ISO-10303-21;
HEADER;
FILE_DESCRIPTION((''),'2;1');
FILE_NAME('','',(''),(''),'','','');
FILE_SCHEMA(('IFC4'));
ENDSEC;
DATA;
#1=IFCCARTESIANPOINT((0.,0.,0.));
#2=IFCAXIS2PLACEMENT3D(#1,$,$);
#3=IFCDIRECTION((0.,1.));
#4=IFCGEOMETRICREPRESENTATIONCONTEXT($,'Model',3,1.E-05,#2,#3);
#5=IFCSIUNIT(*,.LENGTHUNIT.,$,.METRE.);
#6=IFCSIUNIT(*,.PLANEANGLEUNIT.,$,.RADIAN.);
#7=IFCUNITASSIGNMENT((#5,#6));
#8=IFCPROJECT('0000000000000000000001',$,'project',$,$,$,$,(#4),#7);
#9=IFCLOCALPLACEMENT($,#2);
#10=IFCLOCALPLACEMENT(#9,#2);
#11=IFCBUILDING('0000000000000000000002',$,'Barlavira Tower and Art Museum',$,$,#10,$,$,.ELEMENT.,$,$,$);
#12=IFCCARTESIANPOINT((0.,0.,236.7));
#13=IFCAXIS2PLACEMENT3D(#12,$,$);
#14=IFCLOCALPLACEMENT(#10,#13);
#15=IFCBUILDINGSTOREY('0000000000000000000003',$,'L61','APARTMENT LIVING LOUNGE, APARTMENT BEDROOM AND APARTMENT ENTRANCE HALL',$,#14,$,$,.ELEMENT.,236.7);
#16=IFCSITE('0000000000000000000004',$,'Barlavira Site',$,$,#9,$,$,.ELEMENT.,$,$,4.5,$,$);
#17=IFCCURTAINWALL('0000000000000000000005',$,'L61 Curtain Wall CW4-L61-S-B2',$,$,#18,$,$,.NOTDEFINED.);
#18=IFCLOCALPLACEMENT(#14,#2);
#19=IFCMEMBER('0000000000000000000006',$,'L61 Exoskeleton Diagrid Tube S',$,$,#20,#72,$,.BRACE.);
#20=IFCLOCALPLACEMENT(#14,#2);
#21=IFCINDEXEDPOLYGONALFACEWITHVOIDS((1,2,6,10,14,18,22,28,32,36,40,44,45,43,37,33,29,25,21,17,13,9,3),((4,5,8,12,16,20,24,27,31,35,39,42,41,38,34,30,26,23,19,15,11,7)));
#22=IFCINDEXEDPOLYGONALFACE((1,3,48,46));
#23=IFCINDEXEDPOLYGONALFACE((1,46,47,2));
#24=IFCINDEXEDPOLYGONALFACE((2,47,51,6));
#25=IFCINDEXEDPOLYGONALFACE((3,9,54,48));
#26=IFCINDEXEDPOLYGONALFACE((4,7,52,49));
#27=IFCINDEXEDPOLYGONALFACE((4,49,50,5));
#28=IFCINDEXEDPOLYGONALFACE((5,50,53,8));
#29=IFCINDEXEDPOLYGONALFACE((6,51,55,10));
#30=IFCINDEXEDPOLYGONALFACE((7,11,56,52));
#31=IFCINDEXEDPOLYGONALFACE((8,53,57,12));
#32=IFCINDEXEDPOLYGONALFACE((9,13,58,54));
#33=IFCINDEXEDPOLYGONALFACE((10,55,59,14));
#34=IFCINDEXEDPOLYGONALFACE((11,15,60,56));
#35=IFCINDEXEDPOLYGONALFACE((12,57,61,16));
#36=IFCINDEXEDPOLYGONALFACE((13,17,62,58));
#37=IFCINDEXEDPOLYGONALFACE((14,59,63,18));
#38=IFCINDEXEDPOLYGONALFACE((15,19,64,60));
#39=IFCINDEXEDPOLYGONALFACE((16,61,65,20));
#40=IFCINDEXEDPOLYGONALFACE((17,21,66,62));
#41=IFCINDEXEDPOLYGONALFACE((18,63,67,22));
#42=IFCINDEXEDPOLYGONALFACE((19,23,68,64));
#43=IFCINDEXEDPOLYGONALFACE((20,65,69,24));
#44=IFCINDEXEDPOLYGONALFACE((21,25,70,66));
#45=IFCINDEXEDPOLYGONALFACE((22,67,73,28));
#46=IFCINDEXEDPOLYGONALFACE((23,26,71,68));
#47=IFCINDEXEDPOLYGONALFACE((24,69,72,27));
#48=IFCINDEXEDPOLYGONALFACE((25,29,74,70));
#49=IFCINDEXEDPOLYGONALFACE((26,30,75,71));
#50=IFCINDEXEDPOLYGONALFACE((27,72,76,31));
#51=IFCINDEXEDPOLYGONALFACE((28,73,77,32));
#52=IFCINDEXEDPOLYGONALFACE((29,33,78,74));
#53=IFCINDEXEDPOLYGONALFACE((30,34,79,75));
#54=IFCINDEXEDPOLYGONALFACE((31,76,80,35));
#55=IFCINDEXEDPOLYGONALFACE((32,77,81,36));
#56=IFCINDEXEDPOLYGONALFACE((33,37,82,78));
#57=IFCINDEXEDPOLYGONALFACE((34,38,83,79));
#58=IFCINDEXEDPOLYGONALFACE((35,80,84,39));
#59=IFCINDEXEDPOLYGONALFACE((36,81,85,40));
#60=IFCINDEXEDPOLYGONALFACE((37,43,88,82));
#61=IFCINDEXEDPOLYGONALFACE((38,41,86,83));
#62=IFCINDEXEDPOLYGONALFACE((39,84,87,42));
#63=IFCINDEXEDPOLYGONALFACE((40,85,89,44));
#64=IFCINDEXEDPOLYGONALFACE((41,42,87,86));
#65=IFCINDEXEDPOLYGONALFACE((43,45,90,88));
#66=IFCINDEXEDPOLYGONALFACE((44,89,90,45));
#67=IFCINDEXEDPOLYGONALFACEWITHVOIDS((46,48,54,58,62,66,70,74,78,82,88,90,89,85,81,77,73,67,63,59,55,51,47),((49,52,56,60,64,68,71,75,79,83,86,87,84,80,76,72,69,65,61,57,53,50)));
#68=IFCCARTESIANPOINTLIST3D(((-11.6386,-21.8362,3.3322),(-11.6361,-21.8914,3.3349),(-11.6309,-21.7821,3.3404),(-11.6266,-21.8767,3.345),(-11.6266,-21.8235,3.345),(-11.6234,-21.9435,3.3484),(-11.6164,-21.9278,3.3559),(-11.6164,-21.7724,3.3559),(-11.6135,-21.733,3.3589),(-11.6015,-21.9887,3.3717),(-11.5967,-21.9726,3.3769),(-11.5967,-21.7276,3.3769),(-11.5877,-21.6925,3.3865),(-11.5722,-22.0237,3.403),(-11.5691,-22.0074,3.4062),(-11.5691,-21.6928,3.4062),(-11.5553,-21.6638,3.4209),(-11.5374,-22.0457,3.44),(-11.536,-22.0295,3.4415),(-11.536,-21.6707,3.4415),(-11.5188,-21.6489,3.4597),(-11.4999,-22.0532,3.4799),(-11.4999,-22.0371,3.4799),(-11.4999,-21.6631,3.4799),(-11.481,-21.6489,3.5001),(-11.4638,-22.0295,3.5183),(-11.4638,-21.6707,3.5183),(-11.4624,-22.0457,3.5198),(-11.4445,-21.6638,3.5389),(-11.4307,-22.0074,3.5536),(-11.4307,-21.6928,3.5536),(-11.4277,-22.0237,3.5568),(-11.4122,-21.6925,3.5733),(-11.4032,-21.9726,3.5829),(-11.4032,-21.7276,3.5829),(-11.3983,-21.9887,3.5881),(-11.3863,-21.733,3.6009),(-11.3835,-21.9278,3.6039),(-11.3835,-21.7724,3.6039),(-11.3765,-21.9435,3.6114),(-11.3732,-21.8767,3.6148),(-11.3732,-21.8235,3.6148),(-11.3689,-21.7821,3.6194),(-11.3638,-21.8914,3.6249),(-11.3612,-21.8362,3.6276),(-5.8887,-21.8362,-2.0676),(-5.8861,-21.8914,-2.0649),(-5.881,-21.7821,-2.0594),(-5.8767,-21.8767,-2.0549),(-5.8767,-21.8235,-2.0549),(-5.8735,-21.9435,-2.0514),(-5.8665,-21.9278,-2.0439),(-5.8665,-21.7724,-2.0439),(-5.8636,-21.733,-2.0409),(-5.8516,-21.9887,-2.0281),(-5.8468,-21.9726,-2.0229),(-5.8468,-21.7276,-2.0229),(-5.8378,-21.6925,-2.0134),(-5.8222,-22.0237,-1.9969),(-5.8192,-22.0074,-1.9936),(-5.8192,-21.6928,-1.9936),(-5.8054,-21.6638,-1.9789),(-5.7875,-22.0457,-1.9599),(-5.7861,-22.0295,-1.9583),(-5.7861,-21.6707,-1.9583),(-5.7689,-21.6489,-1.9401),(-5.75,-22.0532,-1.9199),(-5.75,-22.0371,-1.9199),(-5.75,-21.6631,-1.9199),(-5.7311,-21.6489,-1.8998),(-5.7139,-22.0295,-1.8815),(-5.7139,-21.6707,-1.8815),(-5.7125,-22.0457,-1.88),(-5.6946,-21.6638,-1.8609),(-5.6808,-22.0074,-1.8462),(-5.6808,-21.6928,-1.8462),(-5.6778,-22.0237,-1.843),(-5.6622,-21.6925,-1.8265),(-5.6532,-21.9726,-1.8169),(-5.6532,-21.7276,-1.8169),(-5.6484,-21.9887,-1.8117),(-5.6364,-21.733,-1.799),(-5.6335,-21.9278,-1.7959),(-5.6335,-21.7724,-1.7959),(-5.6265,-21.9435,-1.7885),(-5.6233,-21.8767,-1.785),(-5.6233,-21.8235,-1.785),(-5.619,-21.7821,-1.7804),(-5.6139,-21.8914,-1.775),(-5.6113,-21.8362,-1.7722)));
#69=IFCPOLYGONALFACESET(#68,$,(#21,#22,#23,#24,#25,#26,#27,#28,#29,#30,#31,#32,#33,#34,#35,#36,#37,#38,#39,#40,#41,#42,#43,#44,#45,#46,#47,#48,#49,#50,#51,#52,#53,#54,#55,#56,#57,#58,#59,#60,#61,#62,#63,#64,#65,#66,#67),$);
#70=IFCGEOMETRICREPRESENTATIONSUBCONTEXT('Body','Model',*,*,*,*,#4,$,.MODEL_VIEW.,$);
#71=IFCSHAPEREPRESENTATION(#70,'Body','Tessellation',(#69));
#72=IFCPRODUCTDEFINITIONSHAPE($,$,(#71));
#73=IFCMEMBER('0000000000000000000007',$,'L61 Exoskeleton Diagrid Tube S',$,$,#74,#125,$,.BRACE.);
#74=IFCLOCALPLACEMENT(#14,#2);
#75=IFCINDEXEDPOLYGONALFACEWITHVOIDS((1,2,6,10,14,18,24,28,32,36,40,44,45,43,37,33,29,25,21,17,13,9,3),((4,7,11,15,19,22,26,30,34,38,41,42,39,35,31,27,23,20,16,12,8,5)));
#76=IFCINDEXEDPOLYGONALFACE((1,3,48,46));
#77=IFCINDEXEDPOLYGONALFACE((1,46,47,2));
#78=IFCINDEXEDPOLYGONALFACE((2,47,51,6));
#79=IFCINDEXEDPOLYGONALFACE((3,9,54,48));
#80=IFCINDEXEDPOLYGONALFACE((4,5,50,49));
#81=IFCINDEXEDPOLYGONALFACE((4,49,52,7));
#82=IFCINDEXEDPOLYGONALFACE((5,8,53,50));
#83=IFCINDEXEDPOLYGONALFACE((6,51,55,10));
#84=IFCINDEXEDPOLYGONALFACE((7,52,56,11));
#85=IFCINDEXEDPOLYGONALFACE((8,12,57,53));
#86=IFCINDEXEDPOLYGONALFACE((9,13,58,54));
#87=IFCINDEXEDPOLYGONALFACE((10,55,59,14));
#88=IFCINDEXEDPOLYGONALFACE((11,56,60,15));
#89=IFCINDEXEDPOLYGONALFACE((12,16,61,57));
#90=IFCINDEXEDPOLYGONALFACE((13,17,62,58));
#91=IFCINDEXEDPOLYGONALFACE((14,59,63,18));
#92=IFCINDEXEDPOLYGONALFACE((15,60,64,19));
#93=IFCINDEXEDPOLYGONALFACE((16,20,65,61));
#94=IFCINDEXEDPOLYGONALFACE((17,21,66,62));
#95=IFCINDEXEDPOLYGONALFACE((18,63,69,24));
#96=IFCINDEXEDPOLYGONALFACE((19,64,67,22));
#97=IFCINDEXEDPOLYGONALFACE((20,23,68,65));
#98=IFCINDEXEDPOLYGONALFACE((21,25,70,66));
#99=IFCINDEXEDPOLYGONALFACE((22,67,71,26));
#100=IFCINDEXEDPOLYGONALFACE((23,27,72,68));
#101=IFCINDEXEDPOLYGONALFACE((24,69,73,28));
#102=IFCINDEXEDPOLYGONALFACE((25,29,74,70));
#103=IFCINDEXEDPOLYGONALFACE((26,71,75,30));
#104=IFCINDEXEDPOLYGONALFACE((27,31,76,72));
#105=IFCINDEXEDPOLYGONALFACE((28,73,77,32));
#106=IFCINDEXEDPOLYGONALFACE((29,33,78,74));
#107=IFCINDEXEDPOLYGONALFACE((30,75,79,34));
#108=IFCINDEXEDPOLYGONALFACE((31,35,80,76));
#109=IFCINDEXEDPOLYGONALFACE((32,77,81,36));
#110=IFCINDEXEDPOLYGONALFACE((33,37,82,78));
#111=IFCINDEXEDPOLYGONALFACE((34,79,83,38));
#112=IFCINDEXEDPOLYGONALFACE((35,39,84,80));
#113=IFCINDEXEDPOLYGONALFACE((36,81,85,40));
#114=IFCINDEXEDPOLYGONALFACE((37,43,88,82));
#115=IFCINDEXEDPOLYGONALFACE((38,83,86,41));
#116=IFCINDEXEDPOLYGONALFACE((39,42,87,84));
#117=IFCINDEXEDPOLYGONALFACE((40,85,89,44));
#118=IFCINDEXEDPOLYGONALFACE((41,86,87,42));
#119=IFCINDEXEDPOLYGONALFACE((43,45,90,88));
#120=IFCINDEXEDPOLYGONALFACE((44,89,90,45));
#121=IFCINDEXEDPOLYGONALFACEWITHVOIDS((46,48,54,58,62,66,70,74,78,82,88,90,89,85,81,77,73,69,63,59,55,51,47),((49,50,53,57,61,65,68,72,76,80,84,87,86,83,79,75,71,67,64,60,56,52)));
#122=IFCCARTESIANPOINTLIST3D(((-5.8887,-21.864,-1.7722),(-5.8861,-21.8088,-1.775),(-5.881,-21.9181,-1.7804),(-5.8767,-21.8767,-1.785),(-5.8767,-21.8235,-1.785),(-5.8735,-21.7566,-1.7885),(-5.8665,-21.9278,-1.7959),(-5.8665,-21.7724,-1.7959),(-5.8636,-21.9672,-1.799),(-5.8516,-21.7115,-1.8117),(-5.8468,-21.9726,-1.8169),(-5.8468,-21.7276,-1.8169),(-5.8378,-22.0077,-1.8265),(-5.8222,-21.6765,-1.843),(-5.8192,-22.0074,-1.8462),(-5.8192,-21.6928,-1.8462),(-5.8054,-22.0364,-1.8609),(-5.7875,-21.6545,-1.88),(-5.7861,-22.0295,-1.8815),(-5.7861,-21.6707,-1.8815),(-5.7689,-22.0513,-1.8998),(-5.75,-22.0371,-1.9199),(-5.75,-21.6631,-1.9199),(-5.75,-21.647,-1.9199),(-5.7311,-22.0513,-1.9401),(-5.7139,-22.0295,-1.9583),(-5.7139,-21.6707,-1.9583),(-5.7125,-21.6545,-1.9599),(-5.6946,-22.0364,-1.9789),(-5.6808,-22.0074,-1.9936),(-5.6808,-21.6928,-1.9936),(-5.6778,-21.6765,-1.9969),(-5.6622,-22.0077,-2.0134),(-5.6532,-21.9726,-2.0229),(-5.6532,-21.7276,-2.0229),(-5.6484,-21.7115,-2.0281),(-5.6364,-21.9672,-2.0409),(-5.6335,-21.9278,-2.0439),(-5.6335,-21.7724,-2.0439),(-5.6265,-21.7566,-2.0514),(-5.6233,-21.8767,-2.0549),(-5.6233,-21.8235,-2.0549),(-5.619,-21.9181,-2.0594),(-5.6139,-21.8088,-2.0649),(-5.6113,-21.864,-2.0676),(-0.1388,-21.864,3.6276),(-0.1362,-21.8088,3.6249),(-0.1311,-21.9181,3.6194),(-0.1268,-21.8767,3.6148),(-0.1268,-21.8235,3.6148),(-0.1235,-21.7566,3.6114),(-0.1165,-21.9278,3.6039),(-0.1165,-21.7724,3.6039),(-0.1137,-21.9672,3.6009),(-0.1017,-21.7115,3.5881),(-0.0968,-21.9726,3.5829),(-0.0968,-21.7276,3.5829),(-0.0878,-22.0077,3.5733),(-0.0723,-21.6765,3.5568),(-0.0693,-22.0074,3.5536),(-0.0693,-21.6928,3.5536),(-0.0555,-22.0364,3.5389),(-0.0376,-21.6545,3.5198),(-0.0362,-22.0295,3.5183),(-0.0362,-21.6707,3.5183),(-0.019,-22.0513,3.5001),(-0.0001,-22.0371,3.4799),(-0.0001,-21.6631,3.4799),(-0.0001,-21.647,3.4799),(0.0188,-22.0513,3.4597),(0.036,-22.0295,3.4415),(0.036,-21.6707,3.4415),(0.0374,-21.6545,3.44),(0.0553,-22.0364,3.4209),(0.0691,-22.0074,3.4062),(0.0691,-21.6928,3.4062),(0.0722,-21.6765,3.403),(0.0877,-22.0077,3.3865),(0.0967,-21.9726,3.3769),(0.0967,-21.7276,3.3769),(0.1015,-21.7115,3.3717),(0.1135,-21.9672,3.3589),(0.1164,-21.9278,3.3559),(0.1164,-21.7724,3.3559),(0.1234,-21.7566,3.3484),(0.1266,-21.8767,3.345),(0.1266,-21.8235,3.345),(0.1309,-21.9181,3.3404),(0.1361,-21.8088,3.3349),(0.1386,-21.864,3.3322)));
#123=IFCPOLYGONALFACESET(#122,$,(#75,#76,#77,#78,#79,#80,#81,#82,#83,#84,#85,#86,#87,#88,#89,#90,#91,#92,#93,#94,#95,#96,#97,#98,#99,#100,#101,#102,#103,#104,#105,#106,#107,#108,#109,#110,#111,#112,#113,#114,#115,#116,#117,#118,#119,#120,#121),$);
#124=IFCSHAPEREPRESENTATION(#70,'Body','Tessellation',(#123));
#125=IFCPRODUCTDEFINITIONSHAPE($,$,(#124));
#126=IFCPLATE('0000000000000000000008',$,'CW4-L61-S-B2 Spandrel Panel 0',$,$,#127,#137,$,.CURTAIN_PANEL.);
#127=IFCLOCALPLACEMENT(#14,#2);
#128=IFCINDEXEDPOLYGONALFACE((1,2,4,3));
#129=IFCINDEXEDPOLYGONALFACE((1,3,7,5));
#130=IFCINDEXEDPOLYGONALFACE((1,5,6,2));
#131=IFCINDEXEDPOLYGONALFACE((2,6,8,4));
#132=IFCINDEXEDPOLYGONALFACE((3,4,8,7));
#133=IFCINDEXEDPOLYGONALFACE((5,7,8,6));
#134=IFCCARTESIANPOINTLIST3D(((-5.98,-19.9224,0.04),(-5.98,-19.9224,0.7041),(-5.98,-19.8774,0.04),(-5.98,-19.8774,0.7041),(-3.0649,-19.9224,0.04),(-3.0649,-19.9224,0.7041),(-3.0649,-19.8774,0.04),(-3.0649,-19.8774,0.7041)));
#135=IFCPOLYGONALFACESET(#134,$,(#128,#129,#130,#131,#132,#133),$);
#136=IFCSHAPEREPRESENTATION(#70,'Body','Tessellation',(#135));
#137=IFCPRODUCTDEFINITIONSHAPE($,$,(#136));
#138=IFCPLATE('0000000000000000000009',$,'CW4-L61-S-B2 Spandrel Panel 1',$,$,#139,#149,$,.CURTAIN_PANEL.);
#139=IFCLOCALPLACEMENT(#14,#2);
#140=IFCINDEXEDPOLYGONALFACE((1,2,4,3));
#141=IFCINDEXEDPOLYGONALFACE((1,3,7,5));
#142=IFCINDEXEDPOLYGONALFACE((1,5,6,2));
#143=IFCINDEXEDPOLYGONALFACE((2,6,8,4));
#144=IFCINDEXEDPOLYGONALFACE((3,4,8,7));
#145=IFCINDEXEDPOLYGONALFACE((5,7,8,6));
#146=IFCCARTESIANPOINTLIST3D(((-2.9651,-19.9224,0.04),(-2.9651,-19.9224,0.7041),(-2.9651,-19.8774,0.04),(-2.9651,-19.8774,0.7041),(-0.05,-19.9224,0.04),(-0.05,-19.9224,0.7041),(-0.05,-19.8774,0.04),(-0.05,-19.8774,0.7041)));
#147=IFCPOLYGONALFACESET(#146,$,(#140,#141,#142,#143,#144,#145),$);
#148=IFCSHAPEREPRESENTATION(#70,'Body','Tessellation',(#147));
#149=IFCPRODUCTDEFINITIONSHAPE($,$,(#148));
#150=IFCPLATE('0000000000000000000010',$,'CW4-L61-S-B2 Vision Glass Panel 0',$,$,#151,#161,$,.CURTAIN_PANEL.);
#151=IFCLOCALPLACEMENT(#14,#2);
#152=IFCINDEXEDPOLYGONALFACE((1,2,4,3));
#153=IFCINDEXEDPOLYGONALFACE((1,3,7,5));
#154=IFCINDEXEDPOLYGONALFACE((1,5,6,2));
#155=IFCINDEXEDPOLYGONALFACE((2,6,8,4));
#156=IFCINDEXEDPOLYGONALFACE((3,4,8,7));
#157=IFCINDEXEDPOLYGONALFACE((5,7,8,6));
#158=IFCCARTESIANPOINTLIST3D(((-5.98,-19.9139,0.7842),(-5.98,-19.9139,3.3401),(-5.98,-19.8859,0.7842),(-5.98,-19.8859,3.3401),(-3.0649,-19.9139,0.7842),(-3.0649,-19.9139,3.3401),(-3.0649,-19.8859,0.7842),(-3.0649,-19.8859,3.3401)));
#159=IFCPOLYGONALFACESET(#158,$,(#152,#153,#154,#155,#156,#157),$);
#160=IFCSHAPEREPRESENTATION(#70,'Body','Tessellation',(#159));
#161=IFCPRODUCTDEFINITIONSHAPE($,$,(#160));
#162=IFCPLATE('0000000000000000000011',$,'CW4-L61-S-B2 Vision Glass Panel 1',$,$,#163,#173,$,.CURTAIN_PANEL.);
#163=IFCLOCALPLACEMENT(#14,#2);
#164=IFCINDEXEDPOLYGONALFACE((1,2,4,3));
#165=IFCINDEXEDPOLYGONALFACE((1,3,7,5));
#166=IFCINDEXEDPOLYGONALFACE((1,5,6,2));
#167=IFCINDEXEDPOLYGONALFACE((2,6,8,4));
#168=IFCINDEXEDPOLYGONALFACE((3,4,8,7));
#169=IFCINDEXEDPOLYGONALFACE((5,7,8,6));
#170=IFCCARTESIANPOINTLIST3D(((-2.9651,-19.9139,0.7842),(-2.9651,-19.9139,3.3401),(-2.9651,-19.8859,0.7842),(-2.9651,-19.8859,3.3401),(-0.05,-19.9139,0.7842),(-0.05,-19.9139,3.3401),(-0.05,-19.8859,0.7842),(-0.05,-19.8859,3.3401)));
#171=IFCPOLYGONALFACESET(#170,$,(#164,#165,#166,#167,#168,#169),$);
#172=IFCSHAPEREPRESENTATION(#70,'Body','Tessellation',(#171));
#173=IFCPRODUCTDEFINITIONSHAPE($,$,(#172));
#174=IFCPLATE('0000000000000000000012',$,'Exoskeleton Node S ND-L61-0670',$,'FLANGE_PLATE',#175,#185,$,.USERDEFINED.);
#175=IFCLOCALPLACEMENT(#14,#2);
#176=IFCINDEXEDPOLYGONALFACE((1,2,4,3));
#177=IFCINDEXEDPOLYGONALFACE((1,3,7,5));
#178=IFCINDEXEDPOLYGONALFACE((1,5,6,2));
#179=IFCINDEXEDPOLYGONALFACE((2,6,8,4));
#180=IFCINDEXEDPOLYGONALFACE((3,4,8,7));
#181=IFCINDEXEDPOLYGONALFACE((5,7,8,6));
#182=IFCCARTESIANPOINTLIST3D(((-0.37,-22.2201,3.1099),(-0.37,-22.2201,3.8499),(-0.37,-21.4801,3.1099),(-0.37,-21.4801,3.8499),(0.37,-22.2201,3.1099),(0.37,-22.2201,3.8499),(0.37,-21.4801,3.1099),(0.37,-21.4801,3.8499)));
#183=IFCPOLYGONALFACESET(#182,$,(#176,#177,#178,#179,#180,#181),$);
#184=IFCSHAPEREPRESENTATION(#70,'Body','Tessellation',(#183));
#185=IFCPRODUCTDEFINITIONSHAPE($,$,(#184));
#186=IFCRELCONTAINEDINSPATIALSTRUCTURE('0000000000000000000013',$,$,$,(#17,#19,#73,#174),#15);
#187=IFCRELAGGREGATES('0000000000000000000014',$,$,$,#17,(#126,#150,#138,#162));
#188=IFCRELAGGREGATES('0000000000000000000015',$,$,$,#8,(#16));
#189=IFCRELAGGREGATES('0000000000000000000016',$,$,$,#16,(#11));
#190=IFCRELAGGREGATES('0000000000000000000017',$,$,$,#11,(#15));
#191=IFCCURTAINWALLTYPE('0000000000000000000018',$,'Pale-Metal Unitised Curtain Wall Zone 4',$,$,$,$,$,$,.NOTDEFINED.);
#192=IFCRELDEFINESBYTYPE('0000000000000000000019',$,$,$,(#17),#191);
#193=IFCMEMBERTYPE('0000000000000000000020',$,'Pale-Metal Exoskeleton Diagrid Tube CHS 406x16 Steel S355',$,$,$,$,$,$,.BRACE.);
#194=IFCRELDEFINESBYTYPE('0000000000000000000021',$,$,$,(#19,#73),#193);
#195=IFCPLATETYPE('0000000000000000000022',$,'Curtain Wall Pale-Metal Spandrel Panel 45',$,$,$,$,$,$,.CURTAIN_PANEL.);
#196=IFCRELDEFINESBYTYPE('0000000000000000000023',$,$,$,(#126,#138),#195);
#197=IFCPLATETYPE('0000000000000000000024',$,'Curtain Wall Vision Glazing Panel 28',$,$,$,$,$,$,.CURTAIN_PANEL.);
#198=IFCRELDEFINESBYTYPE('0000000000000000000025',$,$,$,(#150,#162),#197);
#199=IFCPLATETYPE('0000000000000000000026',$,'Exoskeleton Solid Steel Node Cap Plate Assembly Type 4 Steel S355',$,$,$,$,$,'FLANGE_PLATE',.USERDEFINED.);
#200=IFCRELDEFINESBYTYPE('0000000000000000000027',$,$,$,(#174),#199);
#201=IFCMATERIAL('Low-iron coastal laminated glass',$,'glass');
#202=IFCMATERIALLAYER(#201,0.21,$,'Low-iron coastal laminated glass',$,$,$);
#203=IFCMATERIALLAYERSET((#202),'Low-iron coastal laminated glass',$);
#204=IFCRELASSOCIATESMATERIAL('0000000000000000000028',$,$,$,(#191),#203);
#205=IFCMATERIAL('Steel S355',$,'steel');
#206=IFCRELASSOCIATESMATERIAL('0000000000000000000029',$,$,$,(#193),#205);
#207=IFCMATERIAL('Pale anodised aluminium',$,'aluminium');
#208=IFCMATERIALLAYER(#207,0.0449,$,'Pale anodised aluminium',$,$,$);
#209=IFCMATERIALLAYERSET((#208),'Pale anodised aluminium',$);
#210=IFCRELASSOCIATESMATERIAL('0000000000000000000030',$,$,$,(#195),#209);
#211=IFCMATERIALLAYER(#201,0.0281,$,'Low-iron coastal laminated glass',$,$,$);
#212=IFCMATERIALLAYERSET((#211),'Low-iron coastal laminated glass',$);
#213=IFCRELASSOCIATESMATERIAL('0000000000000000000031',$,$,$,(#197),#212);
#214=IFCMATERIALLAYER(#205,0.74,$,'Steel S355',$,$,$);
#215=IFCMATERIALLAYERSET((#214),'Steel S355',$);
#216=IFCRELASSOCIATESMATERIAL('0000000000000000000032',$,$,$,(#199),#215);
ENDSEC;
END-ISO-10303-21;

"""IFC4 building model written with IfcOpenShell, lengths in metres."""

from ifc_helpers import new_model, si_unit, direction, frame, origin, origin_2d, place, context, subcontext, project, spatial, rectangle, hollow_circle, extrude, material, layer, layer_set, material_profile, profile_set, type_object, element, aggregate, save


model = new_model("IFC4")

# Units and contexts
model_context = context("Model", 3, precision=1e-05, world=origin(), true_north=direction((0.0, 1.0)))
body_context = subcontext(model_context, "Body", "Model", "MODEL_VIEW")
ifc_project = project(units=[si_unit("LENGTHUNIT", "METRE"), si_unit("PLANEANGLEUNIT", "RADIAN")], contexts=[model_context])

# Site, building, storey
site_placement = place(None, origin())
site = spatial("IfcSite", under=ifc_project, at=site_placement, Name="Barlavira Site", CompositionType="ELEMENT", RefElevation=4.5)
building_placement = place(site_placement, origin())
building = spatial("IfcBuilding", under=site, at=building_placement, Name="Barlavira Tower and Art Museum", CompositionType="ELEMENT")
storey_placement = place(building_placement, frame((0.0, 0.0, 236.7)))
storey = spatial("IfcBuildingStorey", under=building, at=storey_placement, Name="L61", Description="APARTMENT LIVING LOUNGE, APARTMENT BEDROOM AND APARTMENT ENTRANCE HALL", CompositionType="ELEMENT", Elevation=236.7)

# Curtain wall
ifc_material_1 = material(Name="Low-iron coastal laminated glass", Category="glass")
ifc_layer_1 = layer(ifc_material_1, 0.21, Name="Low-iron coastal laminated glass")
ifc_layer_set_1 = layer_set([ifc_layer_1], Name="Low-iron coastal laminated glass")
curtain_wall_type = type_object("IfcCurtainWallType", Name="Pale-Metal Unitised Curtain Wall Zone 4", PredefinedType="NOTDEFINED", material=ifc_layer_set_1)
curtain_wall_placement = place(storey_placement, origin())
curtain_wall = element("IfcCurtainWall", 1, at=curtain_wall_placement, inside=storey, type_object=curtain_wall_type, Name="L61 Curtain Wall CW4-L61-S-B2", PredefinedType="NOTDEFINED")
ifc_material_2 = material(Name="Pale anodised aluminium", Category="aluminium")

# Members
ifc_material_3 = material(Name="Steel S355", Category="steel")
ifc_material_profile_1 = material_profile(ifc_material_3, hollow_circle(Radius=0.2031, WallThickness=0.0161, at=origin_2d()), Name="CHS 406.4x16.0")
ifc_profile_set_1 = profile_set([ifc_material_profile_1], Name="Steel S355")
member_type_1 = type_object("IfcMemberType", Name="Pale-Metal Exoskeleton Diagrid Tube CHS 406x16 Steel S355", PredefinedType="BRACE", material=ifc_profile_set_1)
for number, where, z_axis, x_axis, name in (
    (2, (-5.75, -21.8501, -1.9199), (-0.72895, 0.0, 0.684567), (0.0, -1.0, 0.0), "L61 Exoskeleton Diagrid Tube S"),
    (3, (-5.75, -21.8501, -1.9199), (0.72895, 0.0, 0.684567), (0.0, 1.0, 0.0), "L61 Exoskeleton Diagrid Tube S"),
):
    element("IfcMember", number, at=place(storey_placement, frame(where, z_axis=z_axis, x_axis=x_axis)), inside=storey, type_object=member_type_1, Name=name, PredefinedType="BRACE", context=body_context, shape_type="SweptSolid", body=[
        extrude(hollow_circle(Radius=0.2031, WallThickness=0.0161, at=origin_2d()), origin(), (0.0, 0.0, 1.0), 7.8879),
    ])

# Plates
ifc_layer_2 = layer(ifc_material_2, 0.0449, Name="Pale anodised aluminium")
ifc_layer_set_2 = layer_set([ifc_layer_2], Name="Pale anodised aluminium")
plate_type_1 = type_object("IfcPlateType", Name="Curtain Wall Pale-Metal Spandrel Panel 45", PredefinedType="CURTAIN_PANEL", material=ifc_layer_set_2)
plate_1_placement = place(storey_placement, frame((-4.5225, -19.8999, 0.04), z_axis=(0.0, 0.0, 1.0), x_axis=(1.0, 0.0, 0.0)))
plate_1 = element("IfcPlate", 4, at=plate_1_placement, type_object=plate_type_1, Name="CW4-L61-S-B2 Spandrel Panel 0", PredefinedType="CURTAIN_PANEL", context=body_context, shape_type="SweptSolid", body=[
    extrude(rectangle(XDim=2.915, YDim=0.0449, at=origin_2d()), origin(), (0.0, 0.0, 1.0), 0.6641),
])
plate_2_placement = place(storey_placement, frame((-1.5076, -19.8999, 0.04), z_axis=(0.0, 0.0, 1.0), x_axis=(1.0, 0.0, 0.0)))
plate_2 = element("IfcPlate", 5, at=plate_2_placement, type_object=plate_type_1, Name="CW4-L61-S-B2 Spandrel Panel 1", PredefinedType="CURTAIN_PANEL", context=body_context, shape_type="SweptSolid", body=[
    extrude(rectangle(XDim=2.915, YDim=0.0449, at=origin_2d()), origin(), (0.0, 0.0, 1.0), 0.6641),
])
ifc_layer_3 = layer(ifc_material_1, 0.0281, Name="Low-iron coastal laminated glass")
ifc_layer_set_3 = layer_set([ifc_layer_3], Name="Low-iron coastal laminated glass")
plate_type_2 = type_object("IfcPlateType", Name="Curtain Wall Vision Glazing Panel 28", PredefinedType="CURTAIN_PANEL", material=ifc_layer_set_3)
plate_3_placement = place(storey_placement, frame((-4.5225, -19.8999, 0.7842), z_axis=(0.0, 0.0, 1.0), x_axis=(1.0, 0.0, 0.0)))
plate_3 = element("IfcPlate", 6, at=plate_3_placement, type_object=plate_type_2, Name="CW4-L61-S-B2 Vision Glass Panel 0", PredefinedType="CURTAIN_PANEL", context=body_context, shape_type="SweptSolid", body=[
    extrude(rectangle(XDim=2.915, YDim=0.0281, at=origin_2d()), origin(), (0.0, 0.0, 1.0), 2.5559),
])
plate_4_placement = place(storey_placement, frame((-1.5076, -19.8999, 0.7842), z_axis=(0.0, 0.0, 1.0), x_axis=(1.0, 0.0, 0.0)))
plate_4 = element("IfcPlate", 7, at=plate_4_placement, type_object=plate_type_2, Name="CW4-L61-S-B2 Vision Glass Panel 1", PredefinedType="CURTAIN_PANEL", context=body_context, shape_type="SweptSolid", body=[
    extrude(rectangle(XDim=2.915, YDim=0.0281, at=origin_2d()), origin(), (0.0, 0.0, 1.0), 2.5559),
])
aggregate(curtain_wall, [plate_1, plate_3, plate_2, plate_4])
ifc_layer_4 = layer(ifc_material_3, 0.74, Name="Steel S355")
ifc_layer_set_4 = layer_set([ifc_layer_4], Name="Steel S355")
plate_type_3 = type_object("IfcPlateType", Name="Exoskeleton Solid Steel Node Cap Plate Assembly Type 4 Steel S355", ElementType="FLANGE_PLATE", PredefinedType="USERDEFINED", material=ifc_layer_set_4)
plate_5_placement = place(storey_placement, frame((0.0, -21.8501, 3.1099), z_axis=(0.0, 0.0, 1.0), x_axis=(1.0, 0.0, 0.0)))
element("IfcPlate", 8, at=plate_5_placement, inside=storey, type_object=plate_type_3, Name="Exoskeleton Node S ND-L61-0670", ObjectType="FLANGE_PLATE", PredefinedType="USERDEFINED", context=body_context, shape_type="SweptSolid", body=[
    extrude(rectangle(XDim=0.74, YDim=0.74, at=origin_2d()), origin(), (0.0, 0.0, 1.0), 0.74),
])

save(model, "model.ifc")
